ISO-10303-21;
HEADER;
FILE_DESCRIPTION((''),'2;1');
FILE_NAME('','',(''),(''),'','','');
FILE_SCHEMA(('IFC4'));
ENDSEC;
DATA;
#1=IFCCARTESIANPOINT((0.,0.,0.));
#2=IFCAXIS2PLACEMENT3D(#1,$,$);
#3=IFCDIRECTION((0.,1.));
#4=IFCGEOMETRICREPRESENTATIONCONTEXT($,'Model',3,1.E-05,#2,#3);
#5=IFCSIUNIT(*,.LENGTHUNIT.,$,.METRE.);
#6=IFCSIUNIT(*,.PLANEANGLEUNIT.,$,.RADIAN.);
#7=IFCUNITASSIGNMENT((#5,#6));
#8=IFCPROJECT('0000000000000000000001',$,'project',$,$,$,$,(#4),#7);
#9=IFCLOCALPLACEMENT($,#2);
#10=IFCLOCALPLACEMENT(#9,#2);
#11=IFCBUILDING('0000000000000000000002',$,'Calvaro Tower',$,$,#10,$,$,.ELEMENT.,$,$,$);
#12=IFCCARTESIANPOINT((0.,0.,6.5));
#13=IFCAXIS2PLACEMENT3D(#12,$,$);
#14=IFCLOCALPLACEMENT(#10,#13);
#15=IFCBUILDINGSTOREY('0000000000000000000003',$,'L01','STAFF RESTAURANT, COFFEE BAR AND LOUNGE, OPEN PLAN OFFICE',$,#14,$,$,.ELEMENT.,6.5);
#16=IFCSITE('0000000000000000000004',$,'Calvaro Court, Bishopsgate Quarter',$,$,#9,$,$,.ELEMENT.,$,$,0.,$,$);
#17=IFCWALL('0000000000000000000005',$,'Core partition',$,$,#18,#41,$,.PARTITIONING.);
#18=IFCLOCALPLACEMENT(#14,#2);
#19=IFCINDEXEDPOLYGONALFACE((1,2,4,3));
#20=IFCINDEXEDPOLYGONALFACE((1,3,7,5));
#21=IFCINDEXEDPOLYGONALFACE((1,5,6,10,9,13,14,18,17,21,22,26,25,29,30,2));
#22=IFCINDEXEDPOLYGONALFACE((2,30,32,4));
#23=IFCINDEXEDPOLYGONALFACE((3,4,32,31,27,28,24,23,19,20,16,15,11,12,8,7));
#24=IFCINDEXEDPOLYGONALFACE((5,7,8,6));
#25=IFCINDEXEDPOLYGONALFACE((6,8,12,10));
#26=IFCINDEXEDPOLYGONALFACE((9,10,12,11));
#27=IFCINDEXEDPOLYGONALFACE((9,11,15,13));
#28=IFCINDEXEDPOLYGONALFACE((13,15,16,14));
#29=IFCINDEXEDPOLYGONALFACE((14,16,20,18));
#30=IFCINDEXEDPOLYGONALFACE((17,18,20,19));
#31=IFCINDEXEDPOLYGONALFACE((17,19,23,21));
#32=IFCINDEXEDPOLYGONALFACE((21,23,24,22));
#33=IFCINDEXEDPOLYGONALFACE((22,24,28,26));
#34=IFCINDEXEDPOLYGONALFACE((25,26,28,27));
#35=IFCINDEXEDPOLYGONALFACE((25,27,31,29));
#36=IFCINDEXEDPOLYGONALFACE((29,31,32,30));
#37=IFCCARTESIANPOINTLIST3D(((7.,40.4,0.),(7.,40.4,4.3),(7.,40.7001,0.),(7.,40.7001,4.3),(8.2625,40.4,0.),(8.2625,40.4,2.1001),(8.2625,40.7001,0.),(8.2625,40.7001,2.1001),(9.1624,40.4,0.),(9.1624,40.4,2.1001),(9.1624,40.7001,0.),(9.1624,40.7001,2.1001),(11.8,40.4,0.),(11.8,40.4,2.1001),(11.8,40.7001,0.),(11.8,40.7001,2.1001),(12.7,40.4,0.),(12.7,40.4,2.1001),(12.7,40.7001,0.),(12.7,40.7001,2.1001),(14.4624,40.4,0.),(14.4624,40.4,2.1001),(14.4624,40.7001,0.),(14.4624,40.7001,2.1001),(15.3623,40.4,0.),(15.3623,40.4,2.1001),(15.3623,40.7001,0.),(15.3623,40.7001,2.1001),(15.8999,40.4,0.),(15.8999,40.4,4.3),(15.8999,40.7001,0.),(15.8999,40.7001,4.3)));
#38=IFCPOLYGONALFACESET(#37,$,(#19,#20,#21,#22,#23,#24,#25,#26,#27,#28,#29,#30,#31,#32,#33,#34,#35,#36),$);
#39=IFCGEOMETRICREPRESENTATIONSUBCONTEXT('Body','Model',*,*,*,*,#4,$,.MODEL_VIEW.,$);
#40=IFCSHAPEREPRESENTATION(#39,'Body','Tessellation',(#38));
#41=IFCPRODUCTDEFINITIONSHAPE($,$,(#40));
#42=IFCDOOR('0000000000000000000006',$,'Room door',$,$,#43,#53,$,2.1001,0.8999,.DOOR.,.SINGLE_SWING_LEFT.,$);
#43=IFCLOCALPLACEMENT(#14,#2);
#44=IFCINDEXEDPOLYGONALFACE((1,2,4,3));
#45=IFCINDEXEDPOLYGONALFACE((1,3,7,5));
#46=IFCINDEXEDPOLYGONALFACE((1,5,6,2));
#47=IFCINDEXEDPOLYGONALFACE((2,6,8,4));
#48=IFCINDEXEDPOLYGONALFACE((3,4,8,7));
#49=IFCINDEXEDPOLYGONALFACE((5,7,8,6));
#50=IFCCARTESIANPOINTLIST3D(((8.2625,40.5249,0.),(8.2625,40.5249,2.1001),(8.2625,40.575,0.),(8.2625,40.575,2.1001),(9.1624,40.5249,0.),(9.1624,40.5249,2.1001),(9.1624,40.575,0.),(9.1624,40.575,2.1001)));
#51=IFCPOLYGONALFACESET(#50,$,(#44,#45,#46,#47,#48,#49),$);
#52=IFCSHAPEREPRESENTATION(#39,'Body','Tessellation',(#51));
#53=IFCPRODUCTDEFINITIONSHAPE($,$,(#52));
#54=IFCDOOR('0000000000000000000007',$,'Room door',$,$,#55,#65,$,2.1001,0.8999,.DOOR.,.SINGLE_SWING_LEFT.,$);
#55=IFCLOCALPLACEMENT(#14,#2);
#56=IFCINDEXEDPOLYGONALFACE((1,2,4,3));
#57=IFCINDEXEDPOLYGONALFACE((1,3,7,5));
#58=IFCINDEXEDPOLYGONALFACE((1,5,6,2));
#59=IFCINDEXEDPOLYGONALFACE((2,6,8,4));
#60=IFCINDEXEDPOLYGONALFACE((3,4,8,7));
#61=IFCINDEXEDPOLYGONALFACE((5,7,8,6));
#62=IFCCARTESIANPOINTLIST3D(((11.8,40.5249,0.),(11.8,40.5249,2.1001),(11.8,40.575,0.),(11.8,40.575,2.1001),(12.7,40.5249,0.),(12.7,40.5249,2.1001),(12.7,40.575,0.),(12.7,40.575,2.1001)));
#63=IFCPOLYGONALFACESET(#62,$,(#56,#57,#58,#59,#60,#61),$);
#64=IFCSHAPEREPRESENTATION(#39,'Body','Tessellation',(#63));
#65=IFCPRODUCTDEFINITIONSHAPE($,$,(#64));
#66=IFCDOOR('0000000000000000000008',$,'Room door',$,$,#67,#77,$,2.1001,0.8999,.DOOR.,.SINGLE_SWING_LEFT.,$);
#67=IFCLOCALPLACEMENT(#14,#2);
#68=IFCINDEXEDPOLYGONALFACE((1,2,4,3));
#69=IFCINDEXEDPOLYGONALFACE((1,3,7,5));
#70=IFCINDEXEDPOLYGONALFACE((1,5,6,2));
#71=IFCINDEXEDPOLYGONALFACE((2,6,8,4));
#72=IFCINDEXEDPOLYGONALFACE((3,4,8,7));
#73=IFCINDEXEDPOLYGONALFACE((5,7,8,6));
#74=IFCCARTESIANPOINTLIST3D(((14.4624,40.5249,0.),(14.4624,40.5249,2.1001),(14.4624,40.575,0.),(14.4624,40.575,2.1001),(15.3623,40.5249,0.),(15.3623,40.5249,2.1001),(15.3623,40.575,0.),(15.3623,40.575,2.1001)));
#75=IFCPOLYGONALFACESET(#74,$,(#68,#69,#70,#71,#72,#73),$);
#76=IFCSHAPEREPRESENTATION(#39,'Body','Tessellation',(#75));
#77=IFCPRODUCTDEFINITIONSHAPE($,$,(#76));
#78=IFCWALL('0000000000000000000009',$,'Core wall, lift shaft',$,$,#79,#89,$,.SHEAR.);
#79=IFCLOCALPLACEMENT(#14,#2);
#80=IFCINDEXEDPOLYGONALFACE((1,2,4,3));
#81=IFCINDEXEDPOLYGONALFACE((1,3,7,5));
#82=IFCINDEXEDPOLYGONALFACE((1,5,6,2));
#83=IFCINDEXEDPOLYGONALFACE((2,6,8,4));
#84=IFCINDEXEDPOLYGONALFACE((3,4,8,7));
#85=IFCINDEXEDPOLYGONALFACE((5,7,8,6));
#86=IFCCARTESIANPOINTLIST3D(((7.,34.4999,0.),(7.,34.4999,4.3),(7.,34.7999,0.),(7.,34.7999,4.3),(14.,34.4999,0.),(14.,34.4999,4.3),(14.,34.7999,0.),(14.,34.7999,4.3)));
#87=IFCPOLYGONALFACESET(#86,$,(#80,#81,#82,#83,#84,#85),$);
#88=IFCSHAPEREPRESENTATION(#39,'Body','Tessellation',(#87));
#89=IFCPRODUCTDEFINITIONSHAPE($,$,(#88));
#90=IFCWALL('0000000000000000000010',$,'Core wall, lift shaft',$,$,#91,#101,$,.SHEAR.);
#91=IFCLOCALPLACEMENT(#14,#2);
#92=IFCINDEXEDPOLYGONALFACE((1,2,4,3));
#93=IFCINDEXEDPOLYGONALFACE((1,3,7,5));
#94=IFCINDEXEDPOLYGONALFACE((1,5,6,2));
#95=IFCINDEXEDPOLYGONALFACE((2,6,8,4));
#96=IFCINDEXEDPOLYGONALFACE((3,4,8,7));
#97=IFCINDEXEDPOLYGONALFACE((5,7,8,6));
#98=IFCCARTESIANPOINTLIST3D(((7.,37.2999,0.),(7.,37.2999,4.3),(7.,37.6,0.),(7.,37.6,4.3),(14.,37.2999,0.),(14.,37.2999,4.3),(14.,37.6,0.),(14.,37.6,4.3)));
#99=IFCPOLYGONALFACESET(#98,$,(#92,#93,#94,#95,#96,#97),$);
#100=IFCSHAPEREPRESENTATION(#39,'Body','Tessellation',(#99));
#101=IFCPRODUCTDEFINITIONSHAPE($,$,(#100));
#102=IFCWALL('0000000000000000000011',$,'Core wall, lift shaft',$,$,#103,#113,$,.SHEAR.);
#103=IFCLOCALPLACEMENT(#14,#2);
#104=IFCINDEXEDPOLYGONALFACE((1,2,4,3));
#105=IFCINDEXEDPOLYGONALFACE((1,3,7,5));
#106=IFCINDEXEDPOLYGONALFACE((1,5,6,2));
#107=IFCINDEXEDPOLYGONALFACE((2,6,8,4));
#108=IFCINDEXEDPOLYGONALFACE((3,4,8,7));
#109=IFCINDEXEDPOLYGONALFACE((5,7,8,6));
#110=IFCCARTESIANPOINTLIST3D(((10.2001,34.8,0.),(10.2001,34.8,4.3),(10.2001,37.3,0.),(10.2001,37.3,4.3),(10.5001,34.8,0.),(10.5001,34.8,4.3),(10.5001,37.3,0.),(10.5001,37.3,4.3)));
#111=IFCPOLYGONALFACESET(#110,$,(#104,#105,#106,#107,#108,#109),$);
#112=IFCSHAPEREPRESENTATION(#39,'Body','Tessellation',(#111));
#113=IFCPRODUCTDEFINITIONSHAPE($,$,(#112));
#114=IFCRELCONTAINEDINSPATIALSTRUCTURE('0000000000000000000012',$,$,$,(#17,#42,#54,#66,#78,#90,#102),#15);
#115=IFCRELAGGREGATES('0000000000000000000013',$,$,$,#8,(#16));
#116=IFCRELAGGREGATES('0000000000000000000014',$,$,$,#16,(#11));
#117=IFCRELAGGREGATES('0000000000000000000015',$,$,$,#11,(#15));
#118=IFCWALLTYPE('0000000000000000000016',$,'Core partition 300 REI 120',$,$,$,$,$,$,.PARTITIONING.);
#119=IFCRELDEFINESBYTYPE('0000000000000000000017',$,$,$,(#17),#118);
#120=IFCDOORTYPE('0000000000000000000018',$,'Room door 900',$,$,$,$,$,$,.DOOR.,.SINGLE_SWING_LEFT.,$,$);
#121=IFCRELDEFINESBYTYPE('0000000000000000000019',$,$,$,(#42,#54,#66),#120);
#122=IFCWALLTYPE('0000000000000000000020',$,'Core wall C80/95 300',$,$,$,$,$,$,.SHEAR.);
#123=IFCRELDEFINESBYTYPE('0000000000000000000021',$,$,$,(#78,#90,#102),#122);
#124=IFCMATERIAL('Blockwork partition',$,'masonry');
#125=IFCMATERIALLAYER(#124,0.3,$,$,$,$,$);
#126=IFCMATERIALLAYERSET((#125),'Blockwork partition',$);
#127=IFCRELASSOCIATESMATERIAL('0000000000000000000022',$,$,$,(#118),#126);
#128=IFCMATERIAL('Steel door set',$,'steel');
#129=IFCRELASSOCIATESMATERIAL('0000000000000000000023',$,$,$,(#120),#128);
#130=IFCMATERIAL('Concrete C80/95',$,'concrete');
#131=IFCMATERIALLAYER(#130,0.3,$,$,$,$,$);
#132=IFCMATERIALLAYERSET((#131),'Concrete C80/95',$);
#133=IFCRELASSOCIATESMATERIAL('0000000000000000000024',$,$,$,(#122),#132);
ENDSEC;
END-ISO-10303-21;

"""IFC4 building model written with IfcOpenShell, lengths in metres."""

from ifc_helpers import new_model, si_unit, direction, frame, frame_2d, origin, place, context, subcontext, project, spatial, rectangle, extrude, material, layer, layer_set, type_object, element, fill, save


model = new_model("IFC4")

# Units and contexts
model_context = context("Model", 3, precision=1e-05, world=origin(), true_north=direction((0.0, 1.0)))
body_context = subcontext(model_context, "Body", "Model", "MODEL_VIEW")
ifc_project = project(units=[si_unit("LENGTHUNIT", "METRE"), si_unit("PLANEANGLEUNIT", "RADIAN")], contexts=[model_context])

# Site, building, storey
site_placement = place(None, origin())
site = spatial("IfcSite", under=ifc_project, at=site_placement, Name="Calvaro Court, Bishopsgate Quarter", CompositionType="ELEMENT", RefElevation=0.0)
building_placement = place(site_placement, origin())
building = spatial("IfcBuilding", under=site, at=building_placement, Name="Calvaro Tower", CompositionType="ELEMENT")
storey_placement = place(building_placement, frame((0.0, 0.0, 6.5)))
storey = spatial("IfcBuildingStorey", under=building, at=storey_placement, Name="L01", Description="STAFF RESTAURANT, COFFEE BAR AND LOUNGE, OPEN PLAN OFFICE", CompositionType="ELEMENT", Elevation=6.5)

# Wall, openings, doors
ifc_material_1 = material(Name="Blockwork partition", Category="masonry")
ifc_layer_1 = layer(ifc_material_1, 0.3)
ifc_layer_set_1 = layer_set([ifc_layer_1], Name="Blockwork partition")
wall_type_1 = type_object("IfcWallType", Name="Core partition 300 REI 120", PredefinedType="PARTITIONING", material=ifc_layer_set_1)
wall_1_placement = place(storey_placement, frame((7.0, 40.55, 0.0), z_axis=(0.0, 0.0, 1.0), x_axis=(1.0, 0.0, 0.0)))
wall_1 = element("IfcWall", 1, at=wall_1_placement, inside=storey, type_object=wall_type_1, Name="Core partition", PredefinedType="PARTITIONING", context=body_context, shape_type="SweptSolid", body=[
    extrude(rectangle(XDim=8.8999, YDim=0.3, at=frame_2d((4.45, 0.0))), origin(), (0.0, 0.0, 1.0), 4.3),
])
opening_1_placement = place(wall_1_placement, frame((1.2625, 0.0, 0.0)))
opening_1 = element("IfcOpeningElement", 2, at=opening_1_placement, cuts=wall_1, PredefinedType="OPENING", context=body_context, shape_type="SweptSolid", body=[
    extrude(rectangle(XDim=0.8999, YDim=2.1001, at=frame_2d((0.45, 1.05))), frame((0.0, 0.1599, 0.0), z_axis=(0.0, -1.0, 0.0), x_axis=(1.0, 0.0, 0.0)), (0.0, 0.0, 1.0), 0.3201),
])
opening_2_placement = place(wall_1_placement, frame((4.8, 0.0, 0.0)))
opening_2 = element("IfcOpeningElement", 3, at=opening_2_placement, cuts=wall_1, PredefinedType="OPENING", context=body_context, shape_type="SweptSolid", body=[
    extrude(rectangle(XDim=0.8999, YDim=2.1001, at=frame_2d((0.45, 1.05))), frame((0.0, 0.1599, 0.0), z_axis=(0.0, -1.0, 0.0), x_axis=(1.0, 0.0, 0.0)), (0.0, 0.0, 1.0), 0.3201),
])
opening_3_placement = place(wall_1_placement, frame((7.4624, 0.0, 0.0)))
opening_3 = element("IfcOpeningElement", 4, at=opening_3_placement, cuts=wall_1, PredefinedType="OPENING", context=body_context, shape_type="SweptSolid", body=[
    extrude(rectangle(XDim=0.8999, YDim=2.1001, at=frame_2d((0.45, 1.05))), frame((0.0, 0.1599, 0.0), z_axis=(0.0, -1.0, 0.0), x_axis=(1.0, 0.0, 0.0)), (0.0, 0.0, 1.0), 0.3201),
])
ifc_material_2 = material(Name="Steel door set", Category="steel")
door_type = type_object("IfcDoorType", Name="Room door 900", OperationType="SINGLE_SWING_LEFT", PredefinedType="DOOR", material=ifc_material_2)
door_1_placement = place(opening_1_placement, origin())
door_1 = element("IfcDoor", 5, at=door_1_placement, inside=storey, type_object=door_type, Name="Room door", OperationType="SINGLE_SWING_LEFT", OverallHeight=2.1001, OverallWidth=0.8999, PredefinedType="DOOR", context=body_context, shape_type="SweptSolid", body=[
    extrude(rectangle(XDim=0.8999, YDim=2.1001, at=frame_2d((0.45, 1.05))), frame((0.0, 0.0249, 0.0), z_axis=(0.0, -1.0, 0.0), x_axis=(1.0, 0.0, 0.0)), (0.0, 0.0, 1.0), 0.05),
])
fill(opening_1, door_1)
door_2_placement = place(opening_2_placement, origin())
door_2 = element("IfcDoor", 6, at=door_2_placement, inside=storey, type_object=door_type, Name="Room door", OperationType="SINGLE_SWING_LEFT", OverallHeight=2.1001, OverallWidth=0.8999, PredefinedType="DOOR", context=body_context, shape_type="SweptSolid", body=[
    extrude(rectangle(XDim=0.8999, YDim=2.1001, at=frame_2d((0.45, 1.05))), frame((0.0, 0.0249, 0.0), z_axis=(0.0, -1.0, 0.0), x_axis=(1.0, 0.0, 0.0)), (0.0, 0.0, 1.0), 0.05),
])
fill(opening_2, door_2)
door_3_placement = place(opening_3_placement, origin())
door_3 = element("IfcDoor", 7, at=door_3_placement, inside=storey, type_object=door_type, Name="Room door", OperationType="SINGLE_SWING_LEFT", OverallHeight=2.1001, OverallWidth=0.8999, PredefinedType="DOOR", context=body_context, shape_type="SweptSolid", body=[
    extrude(rectangle(XDim=0.8999, YDim=2.1001, at=frame_2d((0.45, 1.05))), frame((0.0, 0.0249, 0.0), z_axis=(0.0, -1.0, 0.0), x_axis=(1.0, 0.0, 0.0)), (0.0, 0.0, 1.0), 0.05),
])
fill(opening_3, door_3)

# Walls
ifc_material_3 = material(Name="Concrete C80/95", Category="concrete")
ifc_layer_2 = layer(ifc_material_3, 0.3)
ifc_layer_set_2 = layer_set([ifc_layer_2], Name="Concrete C80/95")
wall_type_2 = type_object("IfcWallType", Name="Core wall C80/95 300", PredefinedType="SHEAR", material=ifc_layer_set_2)
for number, where, z_axis, x_axis, name in (
    (8, (7.0, 34.6499, 0.0), (0.0, 0.0, 1.0), (1.0, 0.0, 0.0), "Core wall, lift shaft"),
    (9, (7.0, 37.45, 0.0), (0.0, 0.0, 1.0), (1.0, 0.0, 0.0), "Core wall, lift shaft"),
):
    element("IfcWall", number, at=place(storey_placement, frame(where, z_axis=z_axis, x_axis=x_axis)), inside=storey, type_object=wall_type_2, Name=name, PredefinedType="SHEAR", context=body_context, shape_type="SweptSolid", body=[
        extrude(rectangle(XDim=7.0, YDim=0.3, at=frame_2d((3.5, 0.0))), origin(), (0.0, 0.0, 1.0), 4.3),
    ])
wall_2_placement = place(storey_placement, frame((10.3501, 34.8, 0.0), z_axis=(0.0, 0.0, 1.0), x_axis=(0.0, 1.0, 0.0)))
element("IfcWall", 10, at=wall_2_placement, inside=storey, type_object=wall_type_2, Name="Core wall, lift shaft", PredefinedType="SHEAR", context=body_context, shape_type="SweptSolid", body=[
    extrude(rectangle(XDim=2.5, YDim=0.3, at=frame_2d((1.25, 0.0))), origin(), (0.0, 0.0, 1.0), 4.3),
])

save(model, "model.ifc")
